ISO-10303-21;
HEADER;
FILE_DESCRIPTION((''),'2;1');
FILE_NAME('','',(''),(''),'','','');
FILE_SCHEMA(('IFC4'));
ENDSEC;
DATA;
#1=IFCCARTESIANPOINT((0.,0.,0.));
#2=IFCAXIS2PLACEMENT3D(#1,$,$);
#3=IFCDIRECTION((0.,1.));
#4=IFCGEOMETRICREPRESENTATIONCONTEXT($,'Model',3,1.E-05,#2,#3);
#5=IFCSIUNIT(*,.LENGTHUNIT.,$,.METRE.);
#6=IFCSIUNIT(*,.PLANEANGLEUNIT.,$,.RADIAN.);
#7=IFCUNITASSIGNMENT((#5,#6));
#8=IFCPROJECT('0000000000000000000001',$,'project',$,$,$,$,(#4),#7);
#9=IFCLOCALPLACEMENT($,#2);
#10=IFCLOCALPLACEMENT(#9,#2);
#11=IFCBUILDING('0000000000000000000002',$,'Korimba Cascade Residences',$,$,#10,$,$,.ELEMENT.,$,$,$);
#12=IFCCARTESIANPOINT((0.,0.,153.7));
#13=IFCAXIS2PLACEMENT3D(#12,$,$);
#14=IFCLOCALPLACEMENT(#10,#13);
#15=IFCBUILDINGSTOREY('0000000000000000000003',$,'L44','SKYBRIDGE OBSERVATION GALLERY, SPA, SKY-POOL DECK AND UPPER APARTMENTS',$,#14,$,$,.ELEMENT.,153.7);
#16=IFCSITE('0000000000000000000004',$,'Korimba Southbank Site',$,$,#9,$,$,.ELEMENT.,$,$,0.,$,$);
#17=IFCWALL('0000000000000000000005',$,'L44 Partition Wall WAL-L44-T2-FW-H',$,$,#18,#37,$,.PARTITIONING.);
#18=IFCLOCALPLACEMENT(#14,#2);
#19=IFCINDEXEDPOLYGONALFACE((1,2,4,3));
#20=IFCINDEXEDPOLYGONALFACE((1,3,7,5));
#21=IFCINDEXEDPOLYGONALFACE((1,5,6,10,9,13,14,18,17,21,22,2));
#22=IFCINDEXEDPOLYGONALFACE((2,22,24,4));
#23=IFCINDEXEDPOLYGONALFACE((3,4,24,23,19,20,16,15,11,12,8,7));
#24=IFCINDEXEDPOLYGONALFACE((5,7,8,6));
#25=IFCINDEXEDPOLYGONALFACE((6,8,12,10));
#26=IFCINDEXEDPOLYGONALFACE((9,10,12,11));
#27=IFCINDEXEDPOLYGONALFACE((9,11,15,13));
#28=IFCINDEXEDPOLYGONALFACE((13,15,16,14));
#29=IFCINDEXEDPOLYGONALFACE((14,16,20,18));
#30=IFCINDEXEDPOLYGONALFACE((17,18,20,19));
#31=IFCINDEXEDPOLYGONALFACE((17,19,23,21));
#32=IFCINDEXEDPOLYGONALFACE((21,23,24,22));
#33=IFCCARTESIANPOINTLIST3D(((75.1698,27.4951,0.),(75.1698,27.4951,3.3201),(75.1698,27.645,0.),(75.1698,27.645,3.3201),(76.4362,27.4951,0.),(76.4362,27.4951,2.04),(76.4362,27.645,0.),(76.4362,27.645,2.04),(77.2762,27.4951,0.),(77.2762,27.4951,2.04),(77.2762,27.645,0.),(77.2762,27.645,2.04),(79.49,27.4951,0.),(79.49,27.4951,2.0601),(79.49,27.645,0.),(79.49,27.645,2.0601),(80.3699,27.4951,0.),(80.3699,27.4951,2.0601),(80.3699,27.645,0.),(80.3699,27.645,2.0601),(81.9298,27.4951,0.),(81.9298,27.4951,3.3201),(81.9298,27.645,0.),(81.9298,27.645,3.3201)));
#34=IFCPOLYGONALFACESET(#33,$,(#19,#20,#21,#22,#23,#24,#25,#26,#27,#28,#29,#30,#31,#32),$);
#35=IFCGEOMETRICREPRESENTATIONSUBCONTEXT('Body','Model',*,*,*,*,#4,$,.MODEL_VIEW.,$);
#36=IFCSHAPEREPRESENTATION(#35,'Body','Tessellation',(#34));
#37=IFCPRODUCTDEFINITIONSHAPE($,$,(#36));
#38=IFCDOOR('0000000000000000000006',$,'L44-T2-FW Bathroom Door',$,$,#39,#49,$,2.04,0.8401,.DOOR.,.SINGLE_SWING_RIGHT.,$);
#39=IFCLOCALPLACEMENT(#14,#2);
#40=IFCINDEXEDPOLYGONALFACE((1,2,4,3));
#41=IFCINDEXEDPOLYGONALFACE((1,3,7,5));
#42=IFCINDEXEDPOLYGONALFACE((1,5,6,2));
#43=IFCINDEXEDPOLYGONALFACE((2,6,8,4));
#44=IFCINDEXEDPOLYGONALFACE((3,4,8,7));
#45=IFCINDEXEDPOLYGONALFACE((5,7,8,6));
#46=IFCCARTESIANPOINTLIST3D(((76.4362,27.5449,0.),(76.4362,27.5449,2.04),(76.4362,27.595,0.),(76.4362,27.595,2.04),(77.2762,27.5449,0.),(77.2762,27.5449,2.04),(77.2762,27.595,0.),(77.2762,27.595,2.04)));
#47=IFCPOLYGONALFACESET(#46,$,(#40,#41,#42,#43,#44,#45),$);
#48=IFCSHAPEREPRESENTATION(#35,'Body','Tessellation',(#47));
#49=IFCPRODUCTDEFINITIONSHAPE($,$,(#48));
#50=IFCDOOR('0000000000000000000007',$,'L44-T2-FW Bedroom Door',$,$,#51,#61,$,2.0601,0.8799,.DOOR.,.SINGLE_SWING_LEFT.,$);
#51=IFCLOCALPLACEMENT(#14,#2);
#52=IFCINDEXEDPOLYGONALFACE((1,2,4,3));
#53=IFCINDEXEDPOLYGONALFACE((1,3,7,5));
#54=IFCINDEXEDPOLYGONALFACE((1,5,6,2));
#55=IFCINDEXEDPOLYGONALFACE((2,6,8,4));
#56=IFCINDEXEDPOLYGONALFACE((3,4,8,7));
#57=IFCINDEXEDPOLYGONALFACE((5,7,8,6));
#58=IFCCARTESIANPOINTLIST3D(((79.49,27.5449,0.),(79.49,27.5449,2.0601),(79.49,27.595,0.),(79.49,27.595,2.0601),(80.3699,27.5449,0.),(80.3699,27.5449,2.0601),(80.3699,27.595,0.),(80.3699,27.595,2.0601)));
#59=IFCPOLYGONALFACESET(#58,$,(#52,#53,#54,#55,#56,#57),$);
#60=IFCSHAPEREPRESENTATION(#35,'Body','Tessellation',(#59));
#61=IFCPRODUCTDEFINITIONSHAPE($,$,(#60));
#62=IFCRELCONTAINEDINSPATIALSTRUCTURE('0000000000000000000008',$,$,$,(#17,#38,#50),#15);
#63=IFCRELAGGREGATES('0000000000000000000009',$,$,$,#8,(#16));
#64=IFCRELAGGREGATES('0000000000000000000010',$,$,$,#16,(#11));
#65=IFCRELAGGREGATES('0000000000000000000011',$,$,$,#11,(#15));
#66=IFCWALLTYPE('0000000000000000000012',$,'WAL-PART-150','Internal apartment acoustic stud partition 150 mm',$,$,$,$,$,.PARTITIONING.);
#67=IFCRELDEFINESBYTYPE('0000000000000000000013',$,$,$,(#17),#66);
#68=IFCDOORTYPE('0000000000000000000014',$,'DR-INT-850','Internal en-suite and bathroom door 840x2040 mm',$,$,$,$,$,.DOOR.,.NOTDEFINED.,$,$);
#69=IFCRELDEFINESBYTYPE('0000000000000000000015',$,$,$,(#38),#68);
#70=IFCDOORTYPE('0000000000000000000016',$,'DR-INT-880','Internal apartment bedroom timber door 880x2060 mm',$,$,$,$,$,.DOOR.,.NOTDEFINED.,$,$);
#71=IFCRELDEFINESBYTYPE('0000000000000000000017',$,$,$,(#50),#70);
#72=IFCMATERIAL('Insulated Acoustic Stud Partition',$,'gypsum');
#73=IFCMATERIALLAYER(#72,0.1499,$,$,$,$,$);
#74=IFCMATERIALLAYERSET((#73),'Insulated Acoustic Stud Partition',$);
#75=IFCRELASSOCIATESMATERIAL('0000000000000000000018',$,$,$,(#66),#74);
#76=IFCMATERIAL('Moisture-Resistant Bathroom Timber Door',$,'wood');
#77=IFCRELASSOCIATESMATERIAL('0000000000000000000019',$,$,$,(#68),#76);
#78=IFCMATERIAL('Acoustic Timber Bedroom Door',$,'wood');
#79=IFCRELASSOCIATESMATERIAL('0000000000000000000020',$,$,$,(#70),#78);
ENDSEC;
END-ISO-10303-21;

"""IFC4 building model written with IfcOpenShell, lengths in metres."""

from ifc_helpers import new_model, si_unit, direction, frame, frame_2d, origin, place, context, subcontext, project, spatial, rectangle, extrude, material, layer, layer_set, type_object, element, fill, save


model = new_model("IFC4")

# Units and contexts
model_context = context("Model", 3, precision=1e-05, world=origin(), true_north=direction((0.0, 1.0)))
body_context = subcontext(model_context, "Body", "Model", "MODEL_VIEW")
ifc_project = project(units=[si_unit("LENGTHUNIT", "METRE"), si_unit("PLANEANGLEUNIT", "RADIAN")], contexts=[model_context])

# Site, building, storey
site_placement = place(None, origin())
site = spatial("IfcSite", under=ifc_project, at=site_placement, Name="Korimba Southbank Site", CompositionType="ELEMENT", RefElevation=0.0)
building_placement = place(site_placement, origin())
building = spatial("IfcBuilding", under=site, at=building_placement, Name="Korimba Cascade Residences", CompositionType="ELEMENT")
storey_placement = place(building_placement, frame((0.0, 0.0, 153.7)))
storey = spatial("IfcBuildingStorey", under=building, at=storey_placement, Name="L44", Description="SKYBRIDGE OBSERVATION GALLERY, SPA, SKY-POOL DECK AND UPPER APARTMENTS", CompositionType="ELEMENT", Elevation=153.7)

# Shared definitions
ifc_material_1 = material(Name="Insulated Acoustic Stud Partition", Category="gypsum")
ifc_layer_1 = layer(ifc_material_1, 0.1499)
ifc_layer_set_1 = layer_set([ifc_layer_1], Name="Insulated Acoustic Stud Partition")
wall_type_1 = type_object("IfcWallType", Name="WAL-PART-150", Description="Internal apartment acoustic stud partition 150 mm", PredefinedType="PARTITIONING", material=ifc_layer_set_1)

# Wall, openings, doors
wall_1_placement = place(storey_placement, frame((75.1699, 27.5701, 0.0), z_axis=(0.0, 0.0, 1.0), x_axis=(1.0, 0.0, 0.0)))
wall_1 = element("IfcWall", 1, at=wall_1_placement, inside=storey, type_object=wall_type_1, Name="L44 Partition Wall WAL-L44-T2-FW-H", PredefinedType="PARTITIONING", context=body_context, shape_type="SweptSolid", body=[
    extrude(rectangle(XDim=6.76, YDim=0.1499, at=frame_2d((3.3799, 0.0))), origin(), (0.0, 0.0, 1.0), 3.3201),
])
opening_1_placement = place(wall_1_placement, frame((1.2664, 0.0, 0.0)))
opening_1 = element("IfcOpeningElement", 2, at=opening_1_placement, cuts=wall_1, PredefinedType="OPENING", context=body_context, shape_type="SweptSolid", body=[
    extrude(rectangle(XDim=0.8401, YDim=2.04, at=frame_2d((0.4199, 1.02))), frame((0.0, 0.085, 0.0), z_axis=(0.0, -1.0, 0.0), x_axis=(1.0, 0.0, 0.0)), (0.0, 0.0, 1.0), 0.1699),
])
opening_2_placement = place(wall_1_placement, frame((4.3201, 0.0, 0.0)))
opening_2 = element("IfcOpeningElement", 3, at=opening_2_placement, cuts=wall_1, PredefinedType="OPENING", context=body_context, shape_type="SweptSolid", body=[
    extrude(rectangle(XDim=0.8799, YDim=2.0601, at=frame_2d((0.4399, 1.03))), frame((0.0, 0.085, 0.0), z_axis=(0.0, -1.0, 0.0), x_axis=(1.0, 0.0, 0.0)), (0.0, 0.0, 1.0), 0.1699),
])
ifc_material_2 = material(Name="Moisture-Resistant Bathroom Timber Door", Category="wood")
door_type_1 = type_object("IfcDoorType", Name="DR-INT-850", Description="Internal en-suite and bathroom door 840x2040 mm", OperationType="NOTDEFINED", PredefinedType="DOOR", material=ifc_material_2)
door_1_placement = place(opening_1_placement, origin())
door_1 = element("IfcDoor", 4, at=door_1_placement, inside=storey, type_object=door_type_1, Name="L44-T2-FW Bathroom Door", OperationType="SINGLE_SWING_RIGHT", OverallHeight=2.04, OverallWidth=0.8401, PredefinedType="DOOR", context=body_context, shape_type="SweptSolid", body=[
    extrude(rectangle(XDim=0.8401, YDim=2.04, at=frame_2d((0.4199, 1.02))), frame((0.0, 0.0249, 0.0), z_axis=(0.0, -1.0, 0.0), x_axis=(1.0, 0.0, 0.0)), (0.0, 0.0, 1.0), 0.05),
])
fill(opening_1, door_1)
ifc_material_3 = material(Name="Acoustic Timber Bedroom Door", Category="wood")
door_type_2 = type_object("IfcDoorType", Name="DR-INT-880", Description="Internal apartment bedroom timber door 880x2060 mm", OperationType="NOTDEFINED", PredefinedType="DOOR", material=ifc_material_3)
door_2_placement = place(opening_2_placement, origin())
door_2 = element("IfcDoor", 5, at=door_2_placement, inside=storey, type_object=door_type_2, Name="L44-T2-FW Bedroom Door", OperationType="SINGLE_SWING_LEFT", OverallHeight=2.0601, OverallWidth=0.8799, PredefinedType="DOOR", context=body_context, shape_type="SweptSolid", body=[
    extrude(rectangle(XDim=0.8799, YDim=2.0601, at=frame_2d((0.4399, 1.03))), frame((0.0, 0.0249, 0.0), z_axis=(0.0, -1.0, 0.0), x_axis=(1.0, 0.0, 0.0)), (0.0, 0.0, 1.0), 0.05),
])
fill(opening_2, door_2)

save(model, "model.ifc")
